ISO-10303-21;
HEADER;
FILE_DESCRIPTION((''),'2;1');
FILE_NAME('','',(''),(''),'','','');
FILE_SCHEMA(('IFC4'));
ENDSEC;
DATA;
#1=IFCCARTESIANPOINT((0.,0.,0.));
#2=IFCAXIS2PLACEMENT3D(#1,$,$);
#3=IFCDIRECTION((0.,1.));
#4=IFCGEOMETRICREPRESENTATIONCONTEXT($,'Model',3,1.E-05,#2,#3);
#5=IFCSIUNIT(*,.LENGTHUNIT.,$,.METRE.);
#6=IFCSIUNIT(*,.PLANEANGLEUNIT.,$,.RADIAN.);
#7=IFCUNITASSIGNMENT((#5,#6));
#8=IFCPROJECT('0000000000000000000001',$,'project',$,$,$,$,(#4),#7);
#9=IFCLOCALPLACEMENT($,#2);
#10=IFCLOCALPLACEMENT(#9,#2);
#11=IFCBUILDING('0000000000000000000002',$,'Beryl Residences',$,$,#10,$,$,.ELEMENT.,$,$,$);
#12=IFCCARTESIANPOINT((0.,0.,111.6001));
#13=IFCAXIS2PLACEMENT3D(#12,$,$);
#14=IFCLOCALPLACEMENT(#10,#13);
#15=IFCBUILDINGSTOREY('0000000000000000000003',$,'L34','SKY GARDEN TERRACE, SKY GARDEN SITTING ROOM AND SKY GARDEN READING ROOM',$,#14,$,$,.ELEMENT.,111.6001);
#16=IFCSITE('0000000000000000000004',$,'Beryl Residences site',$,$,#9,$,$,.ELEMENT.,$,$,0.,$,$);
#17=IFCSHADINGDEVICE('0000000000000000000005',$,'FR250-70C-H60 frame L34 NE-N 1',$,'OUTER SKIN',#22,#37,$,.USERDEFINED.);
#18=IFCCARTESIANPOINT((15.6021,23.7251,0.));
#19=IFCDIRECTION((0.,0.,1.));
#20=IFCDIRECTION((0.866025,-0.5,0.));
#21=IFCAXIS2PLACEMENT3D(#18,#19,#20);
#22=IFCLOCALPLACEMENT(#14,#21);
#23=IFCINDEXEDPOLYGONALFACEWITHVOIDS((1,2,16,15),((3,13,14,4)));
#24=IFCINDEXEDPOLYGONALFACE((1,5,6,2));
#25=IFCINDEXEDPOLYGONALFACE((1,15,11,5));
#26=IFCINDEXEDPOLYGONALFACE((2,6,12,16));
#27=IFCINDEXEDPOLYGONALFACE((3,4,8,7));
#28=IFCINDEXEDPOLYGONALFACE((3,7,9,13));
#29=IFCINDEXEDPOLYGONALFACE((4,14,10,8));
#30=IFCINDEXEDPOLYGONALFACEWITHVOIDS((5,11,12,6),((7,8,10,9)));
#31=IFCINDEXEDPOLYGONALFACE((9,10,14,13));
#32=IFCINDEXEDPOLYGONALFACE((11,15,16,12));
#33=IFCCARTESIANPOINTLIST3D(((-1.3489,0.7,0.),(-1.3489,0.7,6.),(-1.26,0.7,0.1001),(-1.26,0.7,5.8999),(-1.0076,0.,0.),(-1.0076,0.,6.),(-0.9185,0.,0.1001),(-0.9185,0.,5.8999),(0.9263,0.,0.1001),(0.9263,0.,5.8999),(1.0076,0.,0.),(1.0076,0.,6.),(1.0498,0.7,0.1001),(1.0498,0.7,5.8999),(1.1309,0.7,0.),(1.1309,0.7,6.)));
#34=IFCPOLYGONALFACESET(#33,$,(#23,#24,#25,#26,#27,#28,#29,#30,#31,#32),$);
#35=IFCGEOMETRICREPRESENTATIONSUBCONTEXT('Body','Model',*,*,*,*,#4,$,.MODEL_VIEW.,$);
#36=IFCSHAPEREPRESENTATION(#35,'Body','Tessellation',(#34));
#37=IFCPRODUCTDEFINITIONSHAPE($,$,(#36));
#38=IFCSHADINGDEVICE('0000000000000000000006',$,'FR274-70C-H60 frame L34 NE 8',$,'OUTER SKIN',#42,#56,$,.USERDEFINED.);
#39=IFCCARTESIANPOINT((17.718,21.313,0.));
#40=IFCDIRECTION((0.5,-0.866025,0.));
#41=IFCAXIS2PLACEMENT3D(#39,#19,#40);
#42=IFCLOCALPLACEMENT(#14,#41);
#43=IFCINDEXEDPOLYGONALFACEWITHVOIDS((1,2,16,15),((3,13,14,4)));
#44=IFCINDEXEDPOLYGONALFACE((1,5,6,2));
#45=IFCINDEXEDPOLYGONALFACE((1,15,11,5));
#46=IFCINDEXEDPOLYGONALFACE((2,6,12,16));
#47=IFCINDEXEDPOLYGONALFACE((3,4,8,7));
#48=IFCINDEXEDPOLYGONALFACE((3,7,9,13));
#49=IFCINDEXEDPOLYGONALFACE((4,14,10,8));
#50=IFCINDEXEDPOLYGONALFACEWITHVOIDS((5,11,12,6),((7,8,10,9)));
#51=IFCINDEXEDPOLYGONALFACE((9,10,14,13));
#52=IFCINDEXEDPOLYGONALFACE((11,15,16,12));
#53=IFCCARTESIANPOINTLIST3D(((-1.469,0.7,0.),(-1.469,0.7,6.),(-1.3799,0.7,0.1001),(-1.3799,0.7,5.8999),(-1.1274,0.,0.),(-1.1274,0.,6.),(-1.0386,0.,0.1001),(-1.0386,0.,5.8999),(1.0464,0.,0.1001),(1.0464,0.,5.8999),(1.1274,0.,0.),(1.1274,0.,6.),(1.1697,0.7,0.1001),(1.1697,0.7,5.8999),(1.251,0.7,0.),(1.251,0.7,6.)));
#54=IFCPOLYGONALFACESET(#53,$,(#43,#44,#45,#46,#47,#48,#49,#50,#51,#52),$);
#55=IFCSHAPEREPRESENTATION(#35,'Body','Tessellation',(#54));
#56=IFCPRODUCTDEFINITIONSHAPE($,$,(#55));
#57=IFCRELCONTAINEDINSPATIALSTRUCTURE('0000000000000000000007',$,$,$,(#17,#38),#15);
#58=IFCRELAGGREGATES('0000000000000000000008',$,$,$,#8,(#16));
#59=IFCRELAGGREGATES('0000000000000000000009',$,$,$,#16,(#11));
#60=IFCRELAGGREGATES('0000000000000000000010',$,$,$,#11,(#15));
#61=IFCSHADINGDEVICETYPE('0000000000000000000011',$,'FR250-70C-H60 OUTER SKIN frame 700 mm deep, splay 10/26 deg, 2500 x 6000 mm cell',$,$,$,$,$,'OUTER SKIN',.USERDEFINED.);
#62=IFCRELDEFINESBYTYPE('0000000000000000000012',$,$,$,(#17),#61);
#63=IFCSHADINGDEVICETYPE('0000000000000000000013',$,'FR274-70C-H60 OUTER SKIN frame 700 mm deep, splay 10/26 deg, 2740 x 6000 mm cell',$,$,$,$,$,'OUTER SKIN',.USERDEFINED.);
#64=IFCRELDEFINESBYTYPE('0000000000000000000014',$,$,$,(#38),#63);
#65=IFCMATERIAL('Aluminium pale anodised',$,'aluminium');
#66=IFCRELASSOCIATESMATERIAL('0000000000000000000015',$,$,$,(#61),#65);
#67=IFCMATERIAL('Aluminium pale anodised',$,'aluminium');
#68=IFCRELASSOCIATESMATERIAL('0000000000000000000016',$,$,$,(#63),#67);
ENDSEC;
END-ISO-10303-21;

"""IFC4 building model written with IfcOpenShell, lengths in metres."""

from ifc_helpers import new_model, entity, si_unit, direction, frame, origin, place, context, subcontext, project, spatial, source, transform, mapped, material, type_object, type_shapes, element, save


model = new_model("IFC4")

# Units and contexts
model_context = context("Model", 3, precision=1e-05, world=origin(), true_north=direction((0.0, 1.0)))
body_context = subcontext(model_context, "Body", "Model", "MODEL_VIEW")
ifc_project = project(units=[si_unit("LENGTHUNIT", "METRE"), si_unit("PLANEANGLEUNIT", "RADIAN")], contexts=[model_context])

# Site, building, storey
site_placement = place(None, origin())
site = spatial("IfcSite", under=ifc_project, at=site_placement, Name="Beryl Residences site", CompositionType="ELEMENT", RefElevation=0.0)
building_placement = place(site_placement, origin())
building = spatial("IfcBuilding", under=site, at=building_placement, Name="Beryl Residences", CompositionType="ELEMENT")
storey_placement = place(building_placement, frame((0.0, 0.0, 111.6001)))
storey = spatial("IfcBuildingStorey", under=building, at=storey_placement, Name="L34", Description="SKY GARDEN TERRACE, SKY GARDEN SITTING ROOM AND SKY GARDEN READING ROOM", CompositionType="ELEMENT", Elevation=111.6001)

# Shading devices
ifc_material_1 = material(Name="Aluminium pale anodised", Category="aluminium")
shading_device_type_1 = type_object("IfcShadingDeviceType", Name="FR250-70C-H60 OUTER SKIN frame 700 mm deep, splay 10/26 deg, 2500 x 6000 mm cell", ElementType="OUTER SKIN", PredefinedType="USERDEFINED", material=ifc_material_1)
cartesian_point_1 = entity("IfcCartesianPoint", [-1.0076, 0.0])
cartesian_point_2 = entity("IfcCartesianPoint", [-0.9263, 0.1001])
cartesian_point_3 = entity("IfcCartesianPoint", [-1.1309, 0.0])
cartesian_point_4 = entity("IfcCartesianPoint", [-1.0498, 0.1001])
shared_shape_1 = source(origin(), body_context, "Body", "SweptSolid", [
    entity("IfcExtrudedAreaSolidTapered", entity("IfcArbitraryProfileDefWithVoids", "AREA", None, entity("IfcPolyline", [cartesian_point_1, entity("IfcCartesianPoint", [1.0076, 0.0]), entity("IfcCartesianPoint", [1.0076, 6.0]), entity("IfcCartesianPoint", [-1.0076, 6.0]), cartesian_point_1]), [entity("IfcPolyline", [cartesian_point_2, entity("IfcCartesianPoint", [0.9185, 0.1001]), entity("IfcCartesianPoint", [0.9185, 5.8999]), entity("IfcCartesianPoint", [-0.9263, 5.8999]), cartesian_point_2])]), entity("IfcAxis2Placement3D", entity("IfcCartesianPoint", [0.0, 0.0, 0.0]), entity("IfcDirection", [0.0, 1.0, 0.0]), entity("IfcDirection", [-1.0, 0.0, 0.0])), entity("IfcDirection", [0.0, 0.0, 1.0]), 0.7, entity("IfcArbitraryProfileDefWithVoids", "AREA", None, entity("IfcPolyline", [cartesian_point_3, entity("IfcCartesianPoint", [1.3489, 0.0]), entity("IfcCartesianPoint", [1.3489, 6.0]), entity("IfcCartesianPoint", [-1.1309, 6.0]), cartesian_point_3]), [entity("IfcPolyline", [cartesian_point_4, entity("IfcCartesianPoint", [1.26, 0.1001]), entity("IfcCartesianPoint", [1.26, 5.8999]), entity("IfcCartesianPoint", [-1.0498, 5.8999]), cartesian_point_4])])),
])
type_shapes(shading_device_type_1, [shared_shape_1])
shading_device_1_placement = place(storey_placement, frame((15.6021, 23.7251, 0.0), z_axis=(0.0, 0.0, 1.0), x_axis=(0.866025, -0.5, 0.0)))
element("IfcShadingDevice", 1, at=shading_device_1_placement, inside=storey, type_object=shading_device_type_1, Name="FR250-70C-H60 frame L34 NE-N 1", ObjectType="OUTER SKIN", PredefinedType="USERDEFINED", context=body_context, shape_type="MappedRepresentation", body=[
    mapped(shared_shape_1, transform((0.0, 0.0, 0.0))),
])
ifc_material_2 = material(Name="Aluminium pale anodised", Category="aluminium")
shading_device_type_2 = type_object("IfcShadingDeviceType", Name="FR274-70C-H60 OUTER SKIN frame 700 mm deep, splay 10/26 deg, 2740 x 6000 mm cell", ElementType="OUTER SKIN", PredefinedType="USERDEFINED", material=ifc_material_2)
cartesian_point_5 = entity("IfcCartesianPoint", [-1.1274, 0.0])
cartesian_point_6 = entity("IfcCartesianPoint", [-1.0464, 0.1001])
cartesian_point_7 = entity("IfcCartesianPoint", [-1.251, 0.0])
cartesian_point_8 = entity("IfcCartesianPoint", [-1.1697, 0.1001])
shared_shape_2 = source(origin(), body_context, "Body", "SweptSolid", [
    entity("IfcExtrudedAreaSolidTapered", entity("IfcArbitraryProfileDefWithVoids", "AREA", None, entity("IfcPolyline", [cartesian_point_5, entity("IfcCartesianPoint", [1.1274, 0.0]), entity("IfcCartesianPoint", [1.1274, 6.0]), entity("IfcCartesianPoint", [-1.1274, 6.0]), cartesian_point_5]), [entity("IfcPolyline", [cartesian_point_6, entity("IfcCartesianPoint", [1.0386, 0.1001]), entity("IfcCartesianPoint", [1.0386, 5.8999]), entity("IfcCartesianPoint", [-1.0464, 5.8999]), cartesian_point_6])]), entity("IfcAxis2Placement3D", entity("IfcCartesianPoint", [0.0, 0.0, 0.0]), entity("IfcDirection", [0.0, 1.0, 0.0]), entity("IfcDirection", [-1.0, 0.0, 0.0])), entity("IfcDirection", [0.0, 0.0, 1.0]), 0.7, entity("IfcArbitraryProfileDefWithVoids", "AREA", None, entity("IfcPolyline", [cartesian_point_7, entity("IfcCartesianPoint", [1.469, 0.0]), entity("IfcCartesianPoint", [1.469, 6.0]), entity("IfcCartesianPoint", [-1.251, 6.0]), cartesian_point_7]), [entity("IfcPolyline", [cartesian_point_8, entity("IfcCartesianPoint", [1.3799, 0.1001]), entity("IfcCartesianPoint", [1.3799, 5.8999]), entity("IfcCartesianPoint", [-1.1697, 5.8999]), cartesian_point_8])])),
])
type_shapes(shading_device_type_2, [shared_shape_2])
shading_device_2_placement = place(storey_placement, frame((17.718, 21.313, 0.0), z_axis=(0.0, 0.0, 1.0), x_axis=(0.5, -0.866025, 0.0)))
element("IfcShadingDevice", 2, at=shading_device_2_placement, inside=storey, type_object=shading_device_type_2, Name="FR274-70C-H60 frame L34 NE 8", ObjectType="OUTER SKIN", PredefinedType="USERDEFINED", context=body_context, shape_type="MappedRepresentation", body=[
    mapped(shared_shape_2, transform((0.0, 0.0, 0.0))),
])

save(model, "model.ifc")
